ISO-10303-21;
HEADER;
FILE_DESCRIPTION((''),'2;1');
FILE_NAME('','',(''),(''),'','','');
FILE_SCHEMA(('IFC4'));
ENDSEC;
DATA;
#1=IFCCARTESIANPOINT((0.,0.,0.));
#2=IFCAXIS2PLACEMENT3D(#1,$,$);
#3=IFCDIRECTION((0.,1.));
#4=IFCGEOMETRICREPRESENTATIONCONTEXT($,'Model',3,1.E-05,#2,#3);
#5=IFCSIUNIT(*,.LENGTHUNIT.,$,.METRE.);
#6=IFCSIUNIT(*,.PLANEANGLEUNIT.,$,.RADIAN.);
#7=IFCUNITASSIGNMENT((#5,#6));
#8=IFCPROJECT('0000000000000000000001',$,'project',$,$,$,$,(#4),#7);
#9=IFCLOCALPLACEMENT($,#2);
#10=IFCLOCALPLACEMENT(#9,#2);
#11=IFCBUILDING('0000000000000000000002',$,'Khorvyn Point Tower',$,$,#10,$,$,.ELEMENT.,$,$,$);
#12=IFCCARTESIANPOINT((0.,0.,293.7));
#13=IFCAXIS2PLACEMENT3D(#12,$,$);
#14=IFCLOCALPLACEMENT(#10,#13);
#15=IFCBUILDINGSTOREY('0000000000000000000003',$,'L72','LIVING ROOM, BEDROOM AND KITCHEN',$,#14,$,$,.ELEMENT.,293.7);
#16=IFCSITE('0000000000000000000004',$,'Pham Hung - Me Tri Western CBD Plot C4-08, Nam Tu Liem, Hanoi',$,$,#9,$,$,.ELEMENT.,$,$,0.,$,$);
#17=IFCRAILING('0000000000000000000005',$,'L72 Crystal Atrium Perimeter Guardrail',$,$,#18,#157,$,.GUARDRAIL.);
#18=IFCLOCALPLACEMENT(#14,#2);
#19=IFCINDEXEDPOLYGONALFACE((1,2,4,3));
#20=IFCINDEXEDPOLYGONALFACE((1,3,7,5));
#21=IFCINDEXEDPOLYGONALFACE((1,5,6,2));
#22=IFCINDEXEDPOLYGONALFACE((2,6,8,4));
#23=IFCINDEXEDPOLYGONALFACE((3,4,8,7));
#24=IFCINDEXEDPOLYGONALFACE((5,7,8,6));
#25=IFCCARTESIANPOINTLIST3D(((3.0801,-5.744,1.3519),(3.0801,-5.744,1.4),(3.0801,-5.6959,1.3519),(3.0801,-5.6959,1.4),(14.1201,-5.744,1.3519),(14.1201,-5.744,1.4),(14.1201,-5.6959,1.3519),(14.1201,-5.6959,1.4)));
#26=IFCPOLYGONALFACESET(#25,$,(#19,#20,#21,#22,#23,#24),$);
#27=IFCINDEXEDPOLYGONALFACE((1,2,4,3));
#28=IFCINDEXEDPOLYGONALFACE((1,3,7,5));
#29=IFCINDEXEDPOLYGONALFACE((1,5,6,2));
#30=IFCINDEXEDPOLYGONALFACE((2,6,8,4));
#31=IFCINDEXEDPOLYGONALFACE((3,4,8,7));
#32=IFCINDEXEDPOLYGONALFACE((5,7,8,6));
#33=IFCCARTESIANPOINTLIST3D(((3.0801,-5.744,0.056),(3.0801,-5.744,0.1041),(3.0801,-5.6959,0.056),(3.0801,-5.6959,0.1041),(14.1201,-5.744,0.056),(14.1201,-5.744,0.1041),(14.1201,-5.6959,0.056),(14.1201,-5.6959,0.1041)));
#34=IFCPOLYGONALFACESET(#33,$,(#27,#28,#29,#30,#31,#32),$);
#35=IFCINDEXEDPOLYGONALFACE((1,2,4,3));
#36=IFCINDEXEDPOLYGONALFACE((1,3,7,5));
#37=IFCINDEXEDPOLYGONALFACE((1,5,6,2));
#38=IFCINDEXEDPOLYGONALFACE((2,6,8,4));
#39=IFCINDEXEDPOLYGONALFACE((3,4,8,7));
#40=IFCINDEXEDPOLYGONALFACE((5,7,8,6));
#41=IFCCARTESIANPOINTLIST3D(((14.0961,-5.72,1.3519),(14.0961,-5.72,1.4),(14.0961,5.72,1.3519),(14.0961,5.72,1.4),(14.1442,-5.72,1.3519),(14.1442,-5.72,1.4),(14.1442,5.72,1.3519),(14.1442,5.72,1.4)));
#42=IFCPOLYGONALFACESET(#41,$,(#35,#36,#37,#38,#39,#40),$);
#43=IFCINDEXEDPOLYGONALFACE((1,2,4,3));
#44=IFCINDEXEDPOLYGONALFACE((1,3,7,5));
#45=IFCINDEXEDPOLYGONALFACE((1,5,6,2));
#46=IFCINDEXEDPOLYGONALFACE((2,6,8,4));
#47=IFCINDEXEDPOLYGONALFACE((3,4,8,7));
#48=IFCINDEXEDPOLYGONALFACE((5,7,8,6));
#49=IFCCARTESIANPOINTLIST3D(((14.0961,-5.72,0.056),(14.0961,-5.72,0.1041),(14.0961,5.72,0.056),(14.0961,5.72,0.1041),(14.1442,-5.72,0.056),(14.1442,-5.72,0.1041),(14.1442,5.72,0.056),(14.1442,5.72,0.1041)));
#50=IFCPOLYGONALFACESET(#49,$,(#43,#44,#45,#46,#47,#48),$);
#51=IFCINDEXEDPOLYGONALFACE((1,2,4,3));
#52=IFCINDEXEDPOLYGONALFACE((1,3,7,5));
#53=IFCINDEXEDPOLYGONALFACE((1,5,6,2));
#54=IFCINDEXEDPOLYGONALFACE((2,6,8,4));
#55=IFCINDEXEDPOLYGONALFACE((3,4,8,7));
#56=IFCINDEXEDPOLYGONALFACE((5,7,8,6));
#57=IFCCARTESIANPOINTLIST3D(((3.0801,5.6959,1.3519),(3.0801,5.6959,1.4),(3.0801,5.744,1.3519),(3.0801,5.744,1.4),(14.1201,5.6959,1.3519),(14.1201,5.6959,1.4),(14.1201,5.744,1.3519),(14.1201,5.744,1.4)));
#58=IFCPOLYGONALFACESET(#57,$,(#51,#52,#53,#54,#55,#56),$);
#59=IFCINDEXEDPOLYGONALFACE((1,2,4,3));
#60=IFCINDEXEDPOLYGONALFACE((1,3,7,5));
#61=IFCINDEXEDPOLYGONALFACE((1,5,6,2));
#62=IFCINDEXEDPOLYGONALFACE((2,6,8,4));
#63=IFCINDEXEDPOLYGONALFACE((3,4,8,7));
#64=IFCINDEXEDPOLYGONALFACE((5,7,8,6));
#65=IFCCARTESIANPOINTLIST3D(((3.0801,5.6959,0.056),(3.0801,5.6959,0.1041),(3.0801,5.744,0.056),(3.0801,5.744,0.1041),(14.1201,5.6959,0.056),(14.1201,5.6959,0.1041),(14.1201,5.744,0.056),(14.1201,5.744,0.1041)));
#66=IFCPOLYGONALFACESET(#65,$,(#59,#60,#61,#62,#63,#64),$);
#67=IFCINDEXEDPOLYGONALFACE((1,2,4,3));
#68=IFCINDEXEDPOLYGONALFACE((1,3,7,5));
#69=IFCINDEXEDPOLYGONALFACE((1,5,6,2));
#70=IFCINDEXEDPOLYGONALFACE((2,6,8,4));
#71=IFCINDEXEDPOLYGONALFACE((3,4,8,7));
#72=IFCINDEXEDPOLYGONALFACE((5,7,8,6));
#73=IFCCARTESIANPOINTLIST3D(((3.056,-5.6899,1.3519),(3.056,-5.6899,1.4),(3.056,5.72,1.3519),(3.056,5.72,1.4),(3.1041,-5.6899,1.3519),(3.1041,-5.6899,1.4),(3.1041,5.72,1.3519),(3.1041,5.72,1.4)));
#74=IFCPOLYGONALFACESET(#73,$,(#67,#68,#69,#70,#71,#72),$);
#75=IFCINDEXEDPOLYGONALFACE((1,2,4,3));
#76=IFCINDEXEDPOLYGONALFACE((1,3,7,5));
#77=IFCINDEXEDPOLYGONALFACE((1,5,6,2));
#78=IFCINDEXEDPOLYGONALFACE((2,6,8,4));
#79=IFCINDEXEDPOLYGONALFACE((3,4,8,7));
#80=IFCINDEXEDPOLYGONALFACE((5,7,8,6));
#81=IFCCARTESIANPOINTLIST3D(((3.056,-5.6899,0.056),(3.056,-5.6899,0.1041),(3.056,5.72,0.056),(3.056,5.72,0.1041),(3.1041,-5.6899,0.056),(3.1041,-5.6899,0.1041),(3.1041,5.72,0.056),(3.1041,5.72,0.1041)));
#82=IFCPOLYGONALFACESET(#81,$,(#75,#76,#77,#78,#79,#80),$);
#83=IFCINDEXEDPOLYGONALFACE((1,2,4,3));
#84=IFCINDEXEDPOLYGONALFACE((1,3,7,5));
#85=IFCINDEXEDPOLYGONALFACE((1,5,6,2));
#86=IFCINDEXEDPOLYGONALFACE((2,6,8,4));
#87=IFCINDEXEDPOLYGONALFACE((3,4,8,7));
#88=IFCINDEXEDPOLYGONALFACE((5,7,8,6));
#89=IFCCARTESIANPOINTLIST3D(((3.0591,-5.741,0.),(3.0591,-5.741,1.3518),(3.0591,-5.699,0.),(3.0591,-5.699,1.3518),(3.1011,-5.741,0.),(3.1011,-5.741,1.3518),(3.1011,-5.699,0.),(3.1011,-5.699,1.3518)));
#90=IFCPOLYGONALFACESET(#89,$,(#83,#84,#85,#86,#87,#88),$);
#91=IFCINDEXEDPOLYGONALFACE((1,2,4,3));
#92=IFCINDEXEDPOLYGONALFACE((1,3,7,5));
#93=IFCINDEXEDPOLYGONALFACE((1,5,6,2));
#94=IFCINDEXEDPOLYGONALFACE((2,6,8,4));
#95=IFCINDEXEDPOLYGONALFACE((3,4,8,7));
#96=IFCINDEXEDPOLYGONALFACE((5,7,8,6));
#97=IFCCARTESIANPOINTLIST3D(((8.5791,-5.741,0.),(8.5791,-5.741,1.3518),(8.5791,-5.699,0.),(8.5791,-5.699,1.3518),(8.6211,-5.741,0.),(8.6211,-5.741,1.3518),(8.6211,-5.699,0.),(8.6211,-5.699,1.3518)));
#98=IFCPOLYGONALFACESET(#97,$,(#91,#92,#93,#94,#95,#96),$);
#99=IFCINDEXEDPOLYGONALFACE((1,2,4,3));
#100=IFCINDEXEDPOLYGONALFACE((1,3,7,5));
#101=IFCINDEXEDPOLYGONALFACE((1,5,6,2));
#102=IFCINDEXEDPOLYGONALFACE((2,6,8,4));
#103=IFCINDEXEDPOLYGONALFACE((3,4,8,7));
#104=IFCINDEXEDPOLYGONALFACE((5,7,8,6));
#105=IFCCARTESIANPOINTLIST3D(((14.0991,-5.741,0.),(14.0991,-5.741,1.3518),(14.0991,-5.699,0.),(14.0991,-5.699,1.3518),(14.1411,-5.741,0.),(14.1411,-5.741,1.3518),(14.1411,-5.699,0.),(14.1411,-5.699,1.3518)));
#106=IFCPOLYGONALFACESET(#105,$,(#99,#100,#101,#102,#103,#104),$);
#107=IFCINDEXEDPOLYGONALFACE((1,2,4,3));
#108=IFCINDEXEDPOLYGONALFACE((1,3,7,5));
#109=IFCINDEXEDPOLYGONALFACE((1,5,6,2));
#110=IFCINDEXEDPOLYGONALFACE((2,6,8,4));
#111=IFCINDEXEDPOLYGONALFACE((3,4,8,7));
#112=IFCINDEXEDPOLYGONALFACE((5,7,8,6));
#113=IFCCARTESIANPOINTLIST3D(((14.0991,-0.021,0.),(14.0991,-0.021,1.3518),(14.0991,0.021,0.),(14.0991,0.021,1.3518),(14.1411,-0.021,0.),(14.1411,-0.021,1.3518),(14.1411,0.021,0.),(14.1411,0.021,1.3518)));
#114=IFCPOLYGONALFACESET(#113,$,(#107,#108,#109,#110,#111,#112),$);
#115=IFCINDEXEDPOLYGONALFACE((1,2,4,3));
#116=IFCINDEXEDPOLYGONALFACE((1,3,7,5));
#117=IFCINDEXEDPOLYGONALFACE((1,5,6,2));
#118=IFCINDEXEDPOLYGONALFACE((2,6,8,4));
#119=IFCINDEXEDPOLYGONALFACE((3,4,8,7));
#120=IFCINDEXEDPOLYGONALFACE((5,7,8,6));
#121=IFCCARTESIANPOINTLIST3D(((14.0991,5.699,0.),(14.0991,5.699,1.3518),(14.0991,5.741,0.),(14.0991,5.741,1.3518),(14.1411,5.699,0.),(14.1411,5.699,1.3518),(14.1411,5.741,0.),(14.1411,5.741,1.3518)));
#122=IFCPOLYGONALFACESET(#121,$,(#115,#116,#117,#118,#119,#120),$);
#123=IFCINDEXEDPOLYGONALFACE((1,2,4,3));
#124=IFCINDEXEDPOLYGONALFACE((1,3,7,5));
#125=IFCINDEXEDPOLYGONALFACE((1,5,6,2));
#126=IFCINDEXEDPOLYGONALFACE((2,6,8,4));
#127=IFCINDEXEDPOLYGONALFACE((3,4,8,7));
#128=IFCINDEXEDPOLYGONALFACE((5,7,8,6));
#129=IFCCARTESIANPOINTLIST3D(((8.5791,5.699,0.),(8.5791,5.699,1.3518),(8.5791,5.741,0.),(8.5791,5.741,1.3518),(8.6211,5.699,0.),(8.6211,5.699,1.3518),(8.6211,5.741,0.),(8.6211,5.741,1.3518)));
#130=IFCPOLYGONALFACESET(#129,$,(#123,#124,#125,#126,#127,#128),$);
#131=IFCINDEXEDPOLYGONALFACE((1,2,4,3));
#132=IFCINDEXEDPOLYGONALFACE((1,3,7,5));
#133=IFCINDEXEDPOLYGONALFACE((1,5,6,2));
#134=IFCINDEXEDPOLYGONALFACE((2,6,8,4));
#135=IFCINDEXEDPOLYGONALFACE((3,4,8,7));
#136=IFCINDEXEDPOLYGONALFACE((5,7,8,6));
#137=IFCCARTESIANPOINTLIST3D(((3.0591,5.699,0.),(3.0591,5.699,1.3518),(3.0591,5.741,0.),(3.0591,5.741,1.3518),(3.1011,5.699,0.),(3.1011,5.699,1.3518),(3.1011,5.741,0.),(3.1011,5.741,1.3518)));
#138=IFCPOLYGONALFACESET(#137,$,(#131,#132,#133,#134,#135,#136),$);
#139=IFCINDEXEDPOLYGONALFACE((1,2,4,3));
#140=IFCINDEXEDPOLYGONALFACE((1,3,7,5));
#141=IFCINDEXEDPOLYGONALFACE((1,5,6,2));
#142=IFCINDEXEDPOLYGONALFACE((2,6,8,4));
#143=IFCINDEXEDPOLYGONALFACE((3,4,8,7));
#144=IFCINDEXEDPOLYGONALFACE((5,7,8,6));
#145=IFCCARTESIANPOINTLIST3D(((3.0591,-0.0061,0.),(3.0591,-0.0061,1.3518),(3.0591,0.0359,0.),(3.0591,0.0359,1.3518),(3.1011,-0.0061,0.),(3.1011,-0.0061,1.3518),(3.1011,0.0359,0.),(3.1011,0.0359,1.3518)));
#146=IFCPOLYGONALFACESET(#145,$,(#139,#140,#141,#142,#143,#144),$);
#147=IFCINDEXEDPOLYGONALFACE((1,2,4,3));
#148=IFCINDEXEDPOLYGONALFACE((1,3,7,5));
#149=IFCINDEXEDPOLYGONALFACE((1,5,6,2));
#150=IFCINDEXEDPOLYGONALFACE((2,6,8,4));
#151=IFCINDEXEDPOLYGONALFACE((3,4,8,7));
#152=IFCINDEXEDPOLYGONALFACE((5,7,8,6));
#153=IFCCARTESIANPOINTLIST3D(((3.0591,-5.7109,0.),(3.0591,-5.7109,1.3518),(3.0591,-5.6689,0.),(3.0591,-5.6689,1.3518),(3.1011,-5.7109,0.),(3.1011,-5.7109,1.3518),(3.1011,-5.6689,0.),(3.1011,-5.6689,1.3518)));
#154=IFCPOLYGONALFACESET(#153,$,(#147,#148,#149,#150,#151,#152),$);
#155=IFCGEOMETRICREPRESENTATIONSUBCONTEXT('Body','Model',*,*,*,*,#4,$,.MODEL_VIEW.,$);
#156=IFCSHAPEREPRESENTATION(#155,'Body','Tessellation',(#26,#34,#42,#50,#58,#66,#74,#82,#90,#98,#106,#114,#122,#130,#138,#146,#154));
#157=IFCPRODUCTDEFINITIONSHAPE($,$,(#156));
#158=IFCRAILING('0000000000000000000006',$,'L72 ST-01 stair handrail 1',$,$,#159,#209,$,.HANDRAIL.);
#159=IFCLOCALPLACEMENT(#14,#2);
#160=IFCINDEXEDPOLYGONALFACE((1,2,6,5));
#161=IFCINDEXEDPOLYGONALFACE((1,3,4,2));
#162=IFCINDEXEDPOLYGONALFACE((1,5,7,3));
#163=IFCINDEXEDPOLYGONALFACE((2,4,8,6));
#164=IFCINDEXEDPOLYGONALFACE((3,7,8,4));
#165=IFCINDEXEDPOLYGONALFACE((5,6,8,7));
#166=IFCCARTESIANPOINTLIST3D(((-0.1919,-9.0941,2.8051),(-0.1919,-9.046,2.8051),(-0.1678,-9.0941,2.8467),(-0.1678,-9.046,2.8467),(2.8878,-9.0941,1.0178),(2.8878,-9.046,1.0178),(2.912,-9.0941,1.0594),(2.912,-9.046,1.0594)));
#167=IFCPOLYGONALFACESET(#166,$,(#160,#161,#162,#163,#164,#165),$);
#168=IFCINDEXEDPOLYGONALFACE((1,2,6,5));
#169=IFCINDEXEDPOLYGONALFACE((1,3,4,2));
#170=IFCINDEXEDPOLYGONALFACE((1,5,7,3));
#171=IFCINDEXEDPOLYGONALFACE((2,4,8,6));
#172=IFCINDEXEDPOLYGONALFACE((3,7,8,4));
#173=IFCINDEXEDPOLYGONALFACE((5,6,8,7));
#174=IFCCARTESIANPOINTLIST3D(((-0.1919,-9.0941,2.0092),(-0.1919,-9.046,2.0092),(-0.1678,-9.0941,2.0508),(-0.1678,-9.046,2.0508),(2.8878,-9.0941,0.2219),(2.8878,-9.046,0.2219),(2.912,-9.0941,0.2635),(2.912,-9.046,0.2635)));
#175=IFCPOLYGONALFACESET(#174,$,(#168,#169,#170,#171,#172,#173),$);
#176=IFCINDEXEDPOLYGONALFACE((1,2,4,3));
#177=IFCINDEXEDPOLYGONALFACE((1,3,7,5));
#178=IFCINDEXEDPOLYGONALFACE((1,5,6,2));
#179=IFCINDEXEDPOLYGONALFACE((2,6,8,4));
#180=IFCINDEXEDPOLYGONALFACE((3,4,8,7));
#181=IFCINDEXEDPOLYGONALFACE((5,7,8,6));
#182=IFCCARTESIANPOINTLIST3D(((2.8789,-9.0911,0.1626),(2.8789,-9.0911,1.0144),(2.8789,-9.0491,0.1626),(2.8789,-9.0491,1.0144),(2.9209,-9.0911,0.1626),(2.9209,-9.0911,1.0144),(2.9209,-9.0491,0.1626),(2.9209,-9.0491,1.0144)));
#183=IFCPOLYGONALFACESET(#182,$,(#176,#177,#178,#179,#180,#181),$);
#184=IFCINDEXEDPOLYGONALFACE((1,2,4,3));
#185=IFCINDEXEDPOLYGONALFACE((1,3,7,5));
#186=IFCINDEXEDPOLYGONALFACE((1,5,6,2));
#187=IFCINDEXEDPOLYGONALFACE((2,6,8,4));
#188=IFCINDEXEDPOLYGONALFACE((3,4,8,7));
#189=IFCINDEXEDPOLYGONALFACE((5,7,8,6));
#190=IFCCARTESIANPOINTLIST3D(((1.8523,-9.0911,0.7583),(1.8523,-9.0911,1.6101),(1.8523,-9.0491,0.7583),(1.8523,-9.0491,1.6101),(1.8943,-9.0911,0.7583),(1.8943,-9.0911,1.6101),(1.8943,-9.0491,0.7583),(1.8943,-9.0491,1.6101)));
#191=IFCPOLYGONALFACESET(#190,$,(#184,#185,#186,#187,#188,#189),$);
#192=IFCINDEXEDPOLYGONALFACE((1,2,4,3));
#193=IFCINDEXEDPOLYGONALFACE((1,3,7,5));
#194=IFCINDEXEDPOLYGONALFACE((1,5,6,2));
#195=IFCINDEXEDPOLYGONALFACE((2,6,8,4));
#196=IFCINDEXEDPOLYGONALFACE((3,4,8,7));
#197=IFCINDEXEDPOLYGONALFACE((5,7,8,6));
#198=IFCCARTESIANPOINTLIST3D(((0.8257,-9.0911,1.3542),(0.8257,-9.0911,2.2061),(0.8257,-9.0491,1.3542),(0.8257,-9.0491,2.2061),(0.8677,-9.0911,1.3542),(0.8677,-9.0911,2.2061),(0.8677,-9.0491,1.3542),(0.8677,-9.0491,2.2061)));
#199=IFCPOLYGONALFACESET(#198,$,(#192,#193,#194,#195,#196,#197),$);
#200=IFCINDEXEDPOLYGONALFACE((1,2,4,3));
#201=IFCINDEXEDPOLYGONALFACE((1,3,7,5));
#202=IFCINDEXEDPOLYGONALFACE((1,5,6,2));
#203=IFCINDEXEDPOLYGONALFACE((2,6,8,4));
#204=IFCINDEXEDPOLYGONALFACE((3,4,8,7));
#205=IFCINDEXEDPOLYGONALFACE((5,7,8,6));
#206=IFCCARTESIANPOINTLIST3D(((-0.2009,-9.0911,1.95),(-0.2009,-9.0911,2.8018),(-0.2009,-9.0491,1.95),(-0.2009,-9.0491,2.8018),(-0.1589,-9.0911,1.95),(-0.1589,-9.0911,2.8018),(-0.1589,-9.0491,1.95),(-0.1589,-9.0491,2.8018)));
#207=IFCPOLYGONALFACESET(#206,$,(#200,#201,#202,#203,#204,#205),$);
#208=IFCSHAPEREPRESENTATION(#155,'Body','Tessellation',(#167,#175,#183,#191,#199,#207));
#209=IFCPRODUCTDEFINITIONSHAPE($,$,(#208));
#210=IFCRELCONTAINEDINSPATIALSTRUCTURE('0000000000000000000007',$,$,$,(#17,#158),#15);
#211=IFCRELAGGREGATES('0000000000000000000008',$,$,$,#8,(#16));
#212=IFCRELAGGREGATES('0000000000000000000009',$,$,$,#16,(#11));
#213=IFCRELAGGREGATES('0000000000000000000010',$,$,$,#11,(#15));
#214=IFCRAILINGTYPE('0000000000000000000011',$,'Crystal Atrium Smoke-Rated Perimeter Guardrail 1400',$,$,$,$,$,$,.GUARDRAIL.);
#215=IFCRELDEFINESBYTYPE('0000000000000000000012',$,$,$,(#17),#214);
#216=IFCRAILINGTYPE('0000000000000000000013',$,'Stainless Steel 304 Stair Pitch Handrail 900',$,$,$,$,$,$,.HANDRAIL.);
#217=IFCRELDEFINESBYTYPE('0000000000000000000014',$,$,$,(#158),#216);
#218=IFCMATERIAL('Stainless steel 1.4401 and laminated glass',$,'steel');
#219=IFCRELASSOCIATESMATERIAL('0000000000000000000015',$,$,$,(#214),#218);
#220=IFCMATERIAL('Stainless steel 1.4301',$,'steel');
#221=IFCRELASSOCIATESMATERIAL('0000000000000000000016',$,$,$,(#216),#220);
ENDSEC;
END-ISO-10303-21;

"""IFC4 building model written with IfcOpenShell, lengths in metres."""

from ifc_helpers import new_model, si_unit, direction, frame, origin, origin_2d, place, context, subcontext, project, spatial, rectangle, extrude, material, type_object, element, save


model = new_model("IFC4")

# Units and contexts
model_context = context("Model", 3, precision=1e-05, world=origin(), true_north=direction((0.0, 1.0)))
body_context = subcontext(model_context, "Body", "Model", "MODEL_VIEW")
ifc_project = project(units=[si_unit("LENGTHUNIT", "METRE"), si_unit("PLANEANGLEUNIT", "RADIAN")], contexts=[model_context])

# Site, building, storey
site_placement = place(None, origin())
site = spatial("IfcSite", under=ifc_project, at=site_placement, Name="Pham Hung - Me Tri Western CBD Plot C4-08, Nam Tu Liem, Hanoi", CompositionType="ELEMENT", RefElevation=0.0)
building_placement = place(site_placement, origin())
building = spatial("IfcBuilding", under=site, at=building_placement, Name="Khorvyn Point Tower", CompositionType="ELEMENT")
storey_placement = place(building_placement, frame((0.0, 0.0, 293.7)))
storey = spatial("IfcBuildingStorey", under=building, at=storey_placement, Name="L72", Description="LIVING ROOM, BEDROOM AND KITCHEN", CompositionType="ELEMENT", Elevation=293.7)

# Shared definitions
ifc_material_1 = material(Name="Stainless steel 1.4301", Category="steel")

# Railings
ifc_material_2 = material(Name="Stainless steel 1.4401 and laminated glass", Category="steel")
railing_type_1 = type_object("IfcRailingType", Name="Crystal Atrium Smoke-Rated Perimeter Guardrail 1400", PredefinedType="GUARDRAIL", material=ifc_material_2)
railing_1_placement = place(storey_placement, frame((3.0801, -5.72, 0.0)))
element("IfcRailing", 1, at=railing_1_placement, inside=storey, type_object=railing_type_1, Name="L72 Crystal Atrium Perimeter Guardrail", PredefinedType="GUARDRAIL", context=body_context, shape_type="SweptSolid", body=[
    extrude(rectangle(XDim=0.0481, YDim=0.0481, at=origin_2d()), frame((0.0, 0.0, 1.376), z_axis=(1.0, 0.0, 0.0), x_axis=(0.0, 1.0, 0.0)), (0.0, 0.0, 1.0), 11.04),
    extrude(rectangle(XDim=0.0481, YDim=0.0481, at=origin_2d()), frame((0.0, 0.0, 0.0801), z_axis=(1.0, 0.0, 0.0), x_axis=(0.0, 1.0, 0.0)), (0.0, 0.0, 1.0), 11.04),
    extrude(rectangle(XDim=0.0481, YDim=0.0481, at=origin_2d()), frame((11.04, 0.0, 1.376), z_axis=(0.0, 1.0, 0.0), x_axis=(-1.0, 0.0, 0.0)), (0.0, 0.0, 1.0), 11.4399),
    extrude(rectangle(XDim=0.0481, YDim=0.0481, at=origin_2d()), frame((11.04, 0.0, 0.0801), z_axis=(0.0, 1.0, 0.0), x_axis=(-1.0, 0.0, 0.0)), (0.0, 0.0, 1.0), 11.4399),
    extrude(rectangle(XDim=0.0481, YDim=0.0481, at=origin_2d()), frame((11.04, 11.4399, 1.376), z_axis=(-1.0, 0.0, 0.0), x_axis=(0.0, -1.0, 0.0)), (0.0, 0.0, 1.0), 11.04),
    extrude(rectangle(XDim=0.0481, YDim=0.0481, at=origin_2d()), frame((11.04, 11.4399, 0.0801), z_axis=(-1.0, 0.0, 0.0), x_axis=(0.0, -1.0, 0.0)), (0.0, 0.0, 1.0), 11.04),
    extrude(rectangle(XDim=0.0481, YDim=0.0481, at=origin_2d()), frame((0.0, 11.4399, 1.376), z_axis=(0.0, -1.0, 0.0), x_axis=(1.0, 0.0, 0.0)), (0.0, 0.0, 1.0), 11.4099),
    extrude(rectangle(XDim=0.0481, YDim=0.0481, at=origin_2d()), frame((0.0, 11.4399, 0.0801), z_axis=(0.0, -1.0, 0.0), x_axis=(1.0, 0.0, 0.0)), (0.0, 0.0, 1.0), 11.4099),
    extrude(rectangle(XDim=0.042, YDim=0.042, at=origin_2d()), origin(), (0.0, 0.0, 1.0), 1.3518),
    extrude(rectangle(XDim=0.042, YDim=0.042, at=origin_2d()), frame((5.52, 0.0, 0.0)), (0.0, 0.0, 1.0), 1.3518),
    extrude(rectangle(XDim=0.042, YDim=0.042, at=origin_2d()), frame((11.04, 0.0, 0.0)), (0.0, 0.0, 1.0), 1.3518),
    extrude(rectangle(XDim=0.042, YDim=0.042, at=origin_2d()), frame((11.04, 5.72, 0.0)), (0.0, 0.0, 1.0), 1.3518),
    extrude(rectangle(XDim=0.042, YDim=0.042, at=origin_2d()), frame((11.04, 11.4399, 0.0)), (0.0, 0.0, 1.0), 1.3518),
    extrude(rectangle(XDim=0.042, YDim=0.042, at=origin_2d()), frame((5.52, 11.4399, 0.0)), (0.0, 0.0, 1.0), 1.3518),
    extrude(rectangle(XDim=0.042, YDim=0.042, at=origin_2d()), frame((0.0, 11.4399, 0.0)), (0.0, 0.0, 1.0), 1.3518),
    extrude(rectangle(XDim=0.042, YDim=0.042, at=origin_2d()), frame((0.0, 5.7349, 0.0)), (0.0, 0.0, 1.0), 1.3518),
    extrude(rectangle(XDim=0.042, YDim=0.042, at=origin_2d()), frame((0.0, 0.03, 0.0)), (0.0, 0.0, 1.0), 1.3518),
])
railing_type_2 = type_object("IfcRailingType", Name="Stainless Steel 304 Stair Pitch Handrail 900", PredefinedType="HANDRAIL", material=ifc_material_1)
railing_2_placement = place(storey_placement, frame((2.8999, -9.0701, 0.1626)))
element("IfcRailing", 2, at=railing_2_placement, inside=storey, type_object=railing_type_2, Name="L72 ST-01 stair handrail 1", PredefinedType="HANDRAIL", context=body_context, shape_type="SweptSolid", body=[
    extrude(rectangle(XDim=0.0481, YDim=0.0481, at=origin_2d()), frame((0.0, 0.0, 0.876), z_axis=(-0.864903, 0.0, 0.501939), x_axis=(0.0, -1.0, 0.0)), (0.0, 0.0, 1.0), 3.5608),
    extrude(rectangle(XDim=0.0481, YDim=0.0481, at=origin_2d()), frame((0.0, 0.0, 0.0801), z_axis=(-0.864903, 0.0, 0.501939), x_axis=(0.0, -1.0, 0.0)), (0.0, 0.0, 1.0), 3.5608),
    extrude(rectangle(XDim=0.042, YDim=0.042, at=origin_2d()), origin(), (0.0, 0.0, 1.0), 0.8518),
    extrude(rectangle(XDim=0.042, YDim=0.042, at=origin_2d()), frame((-1.0266, 0.0, 0.5957)), (0.0, 0.0, 1.0), 0.8518),
    extrude(rectangle(XDim=0.042, YDim=0.042, at=origin_2d()), frame((-2.0532, 0.0, 1.1917)), (0.0, 0.0, 1.0), 0.8518),
    extrude(rectangle(XDim=0.042, YDim=0.042, at=origin_2d()), frame((-3.0798, 0.0, 1.7874)), (0.0, 0.0, 1.0), 0.8518),
])

save(model, "model.ifc")
